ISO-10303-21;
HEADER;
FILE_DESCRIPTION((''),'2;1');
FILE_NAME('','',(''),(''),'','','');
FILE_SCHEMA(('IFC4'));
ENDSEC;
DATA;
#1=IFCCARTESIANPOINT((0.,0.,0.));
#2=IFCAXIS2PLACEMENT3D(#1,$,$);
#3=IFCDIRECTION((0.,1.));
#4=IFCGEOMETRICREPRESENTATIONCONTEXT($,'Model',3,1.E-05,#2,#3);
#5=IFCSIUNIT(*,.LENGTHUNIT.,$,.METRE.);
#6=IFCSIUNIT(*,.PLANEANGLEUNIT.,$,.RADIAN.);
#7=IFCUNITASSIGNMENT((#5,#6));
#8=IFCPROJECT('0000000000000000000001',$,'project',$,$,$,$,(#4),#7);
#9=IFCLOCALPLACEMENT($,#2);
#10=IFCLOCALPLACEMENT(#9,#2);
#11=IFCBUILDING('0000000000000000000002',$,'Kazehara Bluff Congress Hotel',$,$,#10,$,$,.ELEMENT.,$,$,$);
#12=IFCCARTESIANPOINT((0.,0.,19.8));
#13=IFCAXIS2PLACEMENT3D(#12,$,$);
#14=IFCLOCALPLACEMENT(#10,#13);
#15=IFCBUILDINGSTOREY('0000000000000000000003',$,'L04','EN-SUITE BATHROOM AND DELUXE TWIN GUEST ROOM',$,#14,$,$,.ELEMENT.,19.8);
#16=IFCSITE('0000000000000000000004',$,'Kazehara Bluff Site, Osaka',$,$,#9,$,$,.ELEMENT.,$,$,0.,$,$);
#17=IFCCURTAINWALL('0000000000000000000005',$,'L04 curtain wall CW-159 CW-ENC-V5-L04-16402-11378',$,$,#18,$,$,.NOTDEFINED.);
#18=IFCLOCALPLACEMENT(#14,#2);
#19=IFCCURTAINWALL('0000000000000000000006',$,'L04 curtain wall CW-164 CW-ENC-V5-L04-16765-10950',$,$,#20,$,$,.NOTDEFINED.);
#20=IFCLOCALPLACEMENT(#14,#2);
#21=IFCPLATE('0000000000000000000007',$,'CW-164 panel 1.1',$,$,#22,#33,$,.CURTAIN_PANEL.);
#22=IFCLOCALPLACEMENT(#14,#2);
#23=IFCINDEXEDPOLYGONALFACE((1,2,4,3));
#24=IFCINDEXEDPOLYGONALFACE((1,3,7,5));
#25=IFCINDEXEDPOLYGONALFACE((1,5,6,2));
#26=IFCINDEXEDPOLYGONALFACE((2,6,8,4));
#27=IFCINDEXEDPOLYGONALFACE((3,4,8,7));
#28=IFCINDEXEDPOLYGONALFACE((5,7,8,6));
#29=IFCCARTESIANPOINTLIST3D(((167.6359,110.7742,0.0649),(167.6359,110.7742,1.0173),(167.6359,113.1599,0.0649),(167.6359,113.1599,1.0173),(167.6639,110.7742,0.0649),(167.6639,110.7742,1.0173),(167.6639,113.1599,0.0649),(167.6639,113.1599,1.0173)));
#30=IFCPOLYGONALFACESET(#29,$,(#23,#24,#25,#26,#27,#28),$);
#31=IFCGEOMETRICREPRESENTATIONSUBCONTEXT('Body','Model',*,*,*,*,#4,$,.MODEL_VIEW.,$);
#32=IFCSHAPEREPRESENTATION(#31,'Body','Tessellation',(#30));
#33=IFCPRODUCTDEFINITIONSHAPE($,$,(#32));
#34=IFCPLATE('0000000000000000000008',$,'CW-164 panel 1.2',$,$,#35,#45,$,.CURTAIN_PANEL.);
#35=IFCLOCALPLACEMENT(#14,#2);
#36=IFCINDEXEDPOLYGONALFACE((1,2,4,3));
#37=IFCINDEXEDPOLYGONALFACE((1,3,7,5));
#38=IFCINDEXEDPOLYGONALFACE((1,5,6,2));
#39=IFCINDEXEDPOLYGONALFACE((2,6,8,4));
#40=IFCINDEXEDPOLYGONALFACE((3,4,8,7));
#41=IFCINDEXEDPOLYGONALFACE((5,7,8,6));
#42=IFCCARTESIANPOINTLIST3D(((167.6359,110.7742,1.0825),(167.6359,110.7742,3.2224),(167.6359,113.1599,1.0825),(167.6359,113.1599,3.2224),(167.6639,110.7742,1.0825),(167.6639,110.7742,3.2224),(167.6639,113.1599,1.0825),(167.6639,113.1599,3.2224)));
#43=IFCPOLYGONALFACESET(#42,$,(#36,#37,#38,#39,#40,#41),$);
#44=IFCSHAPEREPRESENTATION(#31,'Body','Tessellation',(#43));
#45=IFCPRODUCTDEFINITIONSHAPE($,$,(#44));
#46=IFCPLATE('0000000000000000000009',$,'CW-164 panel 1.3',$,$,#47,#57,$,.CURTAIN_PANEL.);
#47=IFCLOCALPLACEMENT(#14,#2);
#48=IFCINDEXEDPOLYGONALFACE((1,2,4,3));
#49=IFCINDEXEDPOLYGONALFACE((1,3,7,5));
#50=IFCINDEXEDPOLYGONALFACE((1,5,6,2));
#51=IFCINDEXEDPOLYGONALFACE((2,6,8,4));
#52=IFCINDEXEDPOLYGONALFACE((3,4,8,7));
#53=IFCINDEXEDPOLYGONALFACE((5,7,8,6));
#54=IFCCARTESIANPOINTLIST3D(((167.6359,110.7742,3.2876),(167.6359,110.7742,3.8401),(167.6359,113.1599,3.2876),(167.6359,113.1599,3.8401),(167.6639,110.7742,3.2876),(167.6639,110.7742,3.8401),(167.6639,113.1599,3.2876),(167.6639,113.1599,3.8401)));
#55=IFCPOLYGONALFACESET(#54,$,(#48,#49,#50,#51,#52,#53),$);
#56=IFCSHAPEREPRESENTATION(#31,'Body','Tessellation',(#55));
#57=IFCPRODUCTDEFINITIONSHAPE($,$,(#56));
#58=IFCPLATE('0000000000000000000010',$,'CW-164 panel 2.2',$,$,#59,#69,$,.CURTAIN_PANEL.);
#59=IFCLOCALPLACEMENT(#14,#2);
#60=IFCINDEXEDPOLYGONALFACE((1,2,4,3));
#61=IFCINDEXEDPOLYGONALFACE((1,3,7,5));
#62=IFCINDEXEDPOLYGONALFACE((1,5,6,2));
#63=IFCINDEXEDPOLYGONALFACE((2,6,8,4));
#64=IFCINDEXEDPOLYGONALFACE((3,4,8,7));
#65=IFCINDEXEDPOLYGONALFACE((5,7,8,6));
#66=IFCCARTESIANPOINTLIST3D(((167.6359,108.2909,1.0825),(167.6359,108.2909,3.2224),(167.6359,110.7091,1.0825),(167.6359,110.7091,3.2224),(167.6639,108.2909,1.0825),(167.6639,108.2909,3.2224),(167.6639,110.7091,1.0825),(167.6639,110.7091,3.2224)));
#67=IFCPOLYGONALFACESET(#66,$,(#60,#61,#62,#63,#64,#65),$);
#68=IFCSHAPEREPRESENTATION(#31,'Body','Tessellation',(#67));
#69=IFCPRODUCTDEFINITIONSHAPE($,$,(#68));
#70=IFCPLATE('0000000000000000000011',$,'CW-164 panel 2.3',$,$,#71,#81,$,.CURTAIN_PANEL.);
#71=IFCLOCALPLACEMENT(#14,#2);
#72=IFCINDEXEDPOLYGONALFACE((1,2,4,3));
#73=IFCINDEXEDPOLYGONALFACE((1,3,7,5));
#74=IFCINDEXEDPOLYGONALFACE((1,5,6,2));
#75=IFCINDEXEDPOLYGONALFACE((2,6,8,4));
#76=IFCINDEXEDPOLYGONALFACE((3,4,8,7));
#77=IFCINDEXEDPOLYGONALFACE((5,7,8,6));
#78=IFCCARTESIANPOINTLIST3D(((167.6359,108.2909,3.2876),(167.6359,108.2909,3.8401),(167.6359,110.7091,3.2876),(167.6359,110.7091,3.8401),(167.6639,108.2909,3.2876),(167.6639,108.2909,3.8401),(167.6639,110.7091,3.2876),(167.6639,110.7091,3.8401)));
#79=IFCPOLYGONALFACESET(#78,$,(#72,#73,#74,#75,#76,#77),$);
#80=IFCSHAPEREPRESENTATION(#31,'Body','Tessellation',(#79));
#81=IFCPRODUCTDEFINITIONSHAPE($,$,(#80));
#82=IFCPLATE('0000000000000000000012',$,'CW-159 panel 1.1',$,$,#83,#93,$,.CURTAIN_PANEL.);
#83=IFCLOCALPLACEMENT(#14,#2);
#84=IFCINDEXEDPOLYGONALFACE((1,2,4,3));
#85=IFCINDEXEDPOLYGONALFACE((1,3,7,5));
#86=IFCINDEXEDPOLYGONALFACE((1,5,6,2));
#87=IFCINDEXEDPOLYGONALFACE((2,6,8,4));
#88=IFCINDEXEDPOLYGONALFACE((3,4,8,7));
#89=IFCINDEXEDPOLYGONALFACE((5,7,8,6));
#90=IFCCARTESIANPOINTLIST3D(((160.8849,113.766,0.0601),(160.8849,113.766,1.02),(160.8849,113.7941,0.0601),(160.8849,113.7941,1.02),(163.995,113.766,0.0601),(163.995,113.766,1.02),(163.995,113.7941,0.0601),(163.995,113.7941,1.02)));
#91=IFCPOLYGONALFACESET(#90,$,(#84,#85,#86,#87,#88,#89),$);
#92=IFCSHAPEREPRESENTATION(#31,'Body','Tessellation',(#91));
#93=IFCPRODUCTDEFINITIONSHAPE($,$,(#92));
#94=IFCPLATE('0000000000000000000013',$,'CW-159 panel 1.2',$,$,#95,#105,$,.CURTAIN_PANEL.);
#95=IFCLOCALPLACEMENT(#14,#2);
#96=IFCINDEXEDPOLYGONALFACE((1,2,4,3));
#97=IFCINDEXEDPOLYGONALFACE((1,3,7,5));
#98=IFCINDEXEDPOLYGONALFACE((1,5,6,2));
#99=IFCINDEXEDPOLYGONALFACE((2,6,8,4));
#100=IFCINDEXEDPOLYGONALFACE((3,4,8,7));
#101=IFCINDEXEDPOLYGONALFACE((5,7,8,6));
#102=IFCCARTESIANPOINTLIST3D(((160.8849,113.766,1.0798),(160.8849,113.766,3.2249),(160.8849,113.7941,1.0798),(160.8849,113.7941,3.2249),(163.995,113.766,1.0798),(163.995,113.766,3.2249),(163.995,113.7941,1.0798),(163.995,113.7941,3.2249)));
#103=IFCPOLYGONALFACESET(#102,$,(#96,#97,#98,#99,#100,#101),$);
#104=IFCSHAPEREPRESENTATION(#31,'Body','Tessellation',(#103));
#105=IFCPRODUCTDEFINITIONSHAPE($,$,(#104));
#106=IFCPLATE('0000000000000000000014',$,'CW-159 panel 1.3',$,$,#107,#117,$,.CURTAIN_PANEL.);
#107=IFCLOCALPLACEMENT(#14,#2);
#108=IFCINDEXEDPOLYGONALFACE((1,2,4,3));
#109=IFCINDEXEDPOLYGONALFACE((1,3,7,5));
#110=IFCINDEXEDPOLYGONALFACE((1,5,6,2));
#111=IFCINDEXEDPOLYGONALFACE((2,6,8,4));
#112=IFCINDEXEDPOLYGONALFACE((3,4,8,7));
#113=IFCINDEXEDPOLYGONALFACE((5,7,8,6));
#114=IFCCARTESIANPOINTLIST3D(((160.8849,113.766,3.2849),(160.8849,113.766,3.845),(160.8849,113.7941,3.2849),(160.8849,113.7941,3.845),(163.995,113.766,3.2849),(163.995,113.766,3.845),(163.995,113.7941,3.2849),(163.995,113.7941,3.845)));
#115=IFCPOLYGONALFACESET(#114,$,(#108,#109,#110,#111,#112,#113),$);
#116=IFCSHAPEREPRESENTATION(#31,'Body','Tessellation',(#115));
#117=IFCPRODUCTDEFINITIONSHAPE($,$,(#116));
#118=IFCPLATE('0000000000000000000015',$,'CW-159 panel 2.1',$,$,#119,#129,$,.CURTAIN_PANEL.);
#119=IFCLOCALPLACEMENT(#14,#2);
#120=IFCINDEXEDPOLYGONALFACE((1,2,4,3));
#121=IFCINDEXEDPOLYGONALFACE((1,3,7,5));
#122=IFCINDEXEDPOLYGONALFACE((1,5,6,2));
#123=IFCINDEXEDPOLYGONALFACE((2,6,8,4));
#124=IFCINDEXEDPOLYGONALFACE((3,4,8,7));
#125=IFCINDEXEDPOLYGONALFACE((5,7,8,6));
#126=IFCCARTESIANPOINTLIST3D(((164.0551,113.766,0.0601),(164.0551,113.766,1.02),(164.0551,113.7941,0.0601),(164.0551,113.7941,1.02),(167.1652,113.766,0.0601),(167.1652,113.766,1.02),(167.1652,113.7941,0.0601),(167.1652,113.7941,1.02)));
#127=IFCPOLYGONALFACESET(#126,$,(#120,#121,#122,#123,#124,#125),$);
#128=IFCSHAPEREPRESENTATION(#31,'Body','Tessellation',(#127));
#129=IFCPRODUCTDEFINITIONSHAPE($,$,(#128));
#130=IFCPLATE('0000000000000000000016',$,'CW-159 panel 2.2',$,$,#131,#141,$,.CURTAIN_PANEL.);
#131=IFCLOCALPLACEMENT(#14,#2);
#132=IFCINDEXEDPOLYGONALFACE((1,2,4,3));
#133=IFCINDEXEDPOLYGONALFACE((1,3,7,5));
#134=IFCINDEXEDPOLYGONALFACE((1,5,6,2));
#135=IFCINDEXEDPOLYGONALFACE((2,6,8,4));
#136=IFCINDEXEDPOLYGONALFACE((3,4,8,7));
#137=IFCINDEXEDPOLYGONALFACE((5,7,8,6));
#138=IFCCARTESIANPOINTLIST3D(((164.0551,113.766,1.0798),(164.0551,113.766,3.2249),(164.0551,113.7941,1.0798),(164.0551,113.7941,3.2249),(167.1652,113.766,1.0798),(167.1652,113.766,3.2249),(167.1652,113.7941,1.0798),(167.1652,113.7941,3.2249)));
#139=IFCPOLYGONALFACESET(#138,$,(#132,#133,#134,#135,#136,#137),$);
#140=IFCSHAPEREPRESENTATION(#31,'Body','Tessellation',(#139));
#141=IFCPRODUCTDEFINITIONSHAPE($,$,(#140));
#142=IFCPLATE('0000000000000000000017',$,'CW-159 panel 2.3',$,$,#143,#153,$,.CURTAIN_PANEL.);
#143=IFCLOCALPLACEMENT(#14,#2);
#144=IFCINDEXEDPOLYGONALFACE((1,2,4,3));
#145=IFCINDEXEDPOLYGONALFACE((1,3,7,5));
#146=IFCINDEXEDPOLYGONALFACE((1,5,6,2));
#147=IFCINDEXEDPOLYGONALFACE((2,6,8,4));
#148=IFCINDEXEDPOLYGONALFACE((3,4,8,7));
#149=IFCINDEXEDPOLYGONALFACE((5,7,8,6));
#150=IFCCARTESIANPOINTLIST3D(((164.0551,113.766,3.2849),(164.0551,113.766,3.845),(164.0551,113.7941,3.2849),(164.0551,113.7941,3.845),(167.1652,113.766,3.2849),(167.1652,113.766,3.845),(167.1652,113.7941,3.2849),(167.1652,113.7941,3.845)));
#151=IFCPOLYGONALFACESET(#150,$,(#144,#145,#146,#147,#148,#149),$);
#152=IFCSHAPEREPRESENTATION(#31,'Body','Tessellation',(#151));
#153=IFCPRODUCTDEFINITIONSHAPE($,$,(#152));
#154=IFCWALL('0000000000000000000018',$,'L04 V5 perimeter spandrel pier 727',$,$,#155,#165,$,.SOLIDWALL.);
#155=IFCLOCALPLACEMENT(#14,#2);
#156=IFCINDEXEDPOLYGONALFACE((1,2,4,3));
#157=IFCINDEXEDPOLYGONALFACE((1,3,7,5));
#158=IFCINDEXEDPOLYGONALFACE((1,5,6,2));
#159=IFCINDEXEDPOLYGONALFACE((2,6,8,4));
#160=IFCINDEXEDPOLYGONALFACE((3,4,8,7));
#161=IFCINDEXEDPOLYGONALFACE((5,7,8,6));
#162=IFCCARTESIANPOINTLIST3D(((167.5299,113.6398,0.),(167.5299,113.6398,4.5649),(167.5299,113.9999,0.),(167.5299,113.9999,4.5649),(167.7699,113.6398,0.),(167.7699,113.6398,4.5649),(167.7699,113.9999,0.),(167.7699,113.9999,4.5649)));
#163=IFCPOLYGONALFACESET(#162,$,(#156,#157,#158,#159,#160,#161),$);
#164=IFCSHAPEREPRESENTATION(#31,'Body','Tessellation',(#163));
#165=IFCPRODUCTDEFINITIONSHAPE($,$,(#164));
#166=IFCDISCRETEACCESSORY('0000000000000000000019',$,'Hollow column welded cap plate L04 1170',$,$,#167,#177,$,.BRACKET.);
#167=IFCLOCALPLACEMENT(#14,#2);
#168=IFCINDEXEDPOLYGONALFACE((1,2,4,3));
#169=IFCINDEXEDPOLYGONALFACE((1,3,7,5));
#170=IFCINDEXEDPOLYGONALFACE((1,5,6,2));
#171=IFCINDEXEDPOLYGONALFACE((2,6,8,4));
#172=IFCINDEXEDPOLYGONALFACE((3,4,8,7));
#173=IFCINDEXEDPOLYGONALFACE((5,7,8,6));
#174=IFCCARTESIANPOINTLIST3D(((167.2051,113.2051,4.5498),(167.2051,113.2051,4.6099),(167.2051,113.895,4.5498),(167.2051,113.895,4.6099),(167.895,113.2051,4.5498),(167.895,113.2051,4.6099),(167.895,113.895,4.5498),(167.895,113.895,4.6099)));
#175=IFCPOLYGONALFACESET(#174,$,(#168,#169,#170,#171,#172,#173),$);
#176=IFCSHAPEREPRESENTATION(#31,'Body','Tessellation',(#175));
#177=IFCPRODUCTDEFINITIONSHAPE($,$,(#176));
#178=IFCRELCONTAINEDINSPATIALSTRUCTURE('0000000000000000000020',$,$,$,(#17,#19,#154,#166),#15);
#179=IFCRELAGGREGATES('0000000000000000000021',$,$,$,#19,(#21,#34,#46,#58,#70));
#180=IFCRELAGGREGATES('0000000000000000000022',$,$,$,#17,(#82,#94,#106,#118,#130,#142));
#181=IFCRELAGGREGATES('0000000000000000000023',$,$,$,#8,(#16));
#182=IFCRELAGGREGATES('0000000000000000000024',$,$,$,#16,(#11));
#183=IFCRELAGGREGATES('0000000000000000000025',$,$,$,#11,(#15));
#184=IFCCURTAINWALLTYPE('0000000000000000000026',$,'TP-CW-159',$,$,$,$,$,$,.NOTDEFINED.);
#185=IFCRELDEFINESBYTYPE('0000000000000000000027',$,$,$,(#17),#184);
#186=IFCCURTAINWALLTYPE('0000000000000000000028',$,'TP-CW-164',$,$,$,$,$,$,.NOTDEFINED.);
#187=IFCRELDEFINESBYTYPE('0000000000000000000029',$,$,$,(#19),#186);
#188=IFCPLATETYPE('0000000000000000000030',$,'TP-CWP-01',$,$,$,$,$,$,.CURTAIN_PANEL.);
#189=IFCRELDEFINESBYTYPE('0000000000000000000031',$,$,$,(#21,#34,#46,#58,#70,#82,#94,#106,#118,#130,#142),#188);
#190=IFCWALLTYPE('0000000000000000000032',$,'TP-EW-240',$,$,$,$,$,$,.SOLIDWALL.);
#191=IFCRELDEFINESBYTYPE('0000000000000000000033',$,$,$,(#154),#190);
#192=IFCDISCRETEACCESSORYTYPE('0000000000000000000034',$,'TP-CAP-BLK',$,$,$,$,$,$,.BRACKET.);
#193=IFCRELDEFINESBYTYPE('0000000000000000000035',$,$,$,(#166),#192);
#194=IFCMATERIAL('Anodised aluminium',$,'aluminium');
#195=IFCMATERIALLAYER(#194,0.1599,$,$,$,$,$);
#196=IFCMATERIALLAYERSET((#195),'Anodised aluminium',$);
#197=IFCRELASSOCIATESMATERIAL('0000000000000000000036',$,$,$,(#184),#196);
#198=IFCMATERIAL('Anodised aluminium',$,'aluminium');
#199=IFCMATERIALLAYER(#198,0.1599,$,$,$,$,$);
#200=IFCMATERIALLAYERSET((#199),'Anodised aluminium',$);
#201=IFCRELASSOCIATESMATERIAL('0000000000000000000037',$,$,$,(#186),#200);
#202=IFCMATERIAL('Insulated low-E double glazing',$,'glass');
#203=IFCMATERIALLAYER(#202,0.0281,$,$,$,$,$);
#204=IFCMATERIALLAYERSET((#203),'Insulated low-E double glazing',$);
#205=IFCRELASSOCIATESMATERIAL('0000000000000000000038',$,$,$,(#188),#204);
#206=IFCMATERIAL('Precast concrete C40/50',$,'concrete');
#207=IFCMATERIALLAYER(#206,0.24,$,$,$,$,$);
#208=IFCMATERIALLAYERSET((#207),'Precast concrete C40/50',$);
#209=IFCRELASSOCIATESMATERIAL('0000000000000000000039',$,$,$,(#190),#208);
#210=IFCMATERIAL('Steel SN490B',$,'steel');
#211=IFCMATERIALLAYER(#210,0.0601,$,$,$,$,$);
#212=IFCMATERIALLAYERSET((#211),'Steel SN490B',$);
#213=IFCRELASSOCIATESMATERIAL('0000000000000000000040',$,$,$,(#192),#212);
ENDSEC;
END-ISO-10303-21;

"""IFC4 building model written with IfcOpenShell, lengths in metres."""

from ifc_helpers import new_model, si_unit, direction, frame, frame_2d, origin, origin_2d, place, context, subcontext, project, spatial, rectangle, extrude, material, layer, layer_set, type_object, element, aggregate, save


model = new_model("IFC4")

# Units and contexts
model_context = context("Model", 3, precision=1e-05, world=origin(), true_north=direction((0.0, 1.0)))
body_context = subcontext(model_context, "Body", "Model", "MODEL_VIEW")
ifc_project = project(units=[si_unit("LENGTHUNIT", "METRE"), si_unit("PLANEANGLEUNIT", "RADIAN")], contexts=[model_context])

# Site, building, storey
site_placement = place(None, origin())
site = spatial("IfcSite", under=ifc_project, at=site_placement, Name="Kazehara Bluff Site, Osaka", CompositionType="ELEMENT", RefElevation=0.0)
building_placement = place(site_placement, origin())
building = spatial("IfcBuilding", under=site, at=building_placement, Name="Kazehara Bluff Congress Hotel", CompositionType="ELEMENT")
storey_placement = place(building_placement, frame((0.0, 0.0, 19.8)))
storey = spatial("IfcBuildingStorey", under=building, at=storey_placement, Name="L04", Description="EN-SUITE BATHROOM AND DELUXE TWIN GUEST ROOM", CompositionType="ELEMENT", Elevation=19.8)

# Curtain walls
ifc_material_1 = material(Name="Anodised aluminium", Category="aluminium")
ifc_layer_1 = layer(ifc_material_1, 0.1599)
ifc_layer_set_1 = layer_set([ifc_layer_1], Name="Anodised aluminium")
curtain_wall_type_1 = type_object("IfcCurtainWallType", Name="TP-CW-159", PredefinedType="NOTDEFINED", material=ifc_layer_set_1)
curtain_wall_1_placement = place(storey_placement, origin())
curtain_wall_1 = element("IfcCurtainWall", 1, at=curtain_wall_1_placement, inside=storey, type_object=curtain_wall_type_1, Name="L04 curtain wall CW-159 CW-ENC-V5-L04-16402-11378", PredefinedType="NOTDEFINED")
ifc_material_2 = material(Name="Anodised aluminium", Category="aluminium")
ifc_layer_2 = layer(ifc_material_2, 0.1599)
ifc_layer_set_2 = layer_set([ifc_layer_2], Name="Anodised aluminium")
curtain_wall_type_2 = type_object("IfcCurtainWallType", Name="TP-CW-164", PredefinedType="NOTDEFINED", material=ifc_layer_set_2)
curtain_wall_2_placement = place(storey_placement, origin())
curtain_wall_2 = element("IfcCurtainWall", 2, at=curtain_wall_2_placement, inside=storey, type_object=curtain_wall_type_2, Name="L04 curtain wall CW-164 CW-ENC-V5-L04-16765-10950", PredefinedType="NOTDEFINED")

# Plates
ifc_material_3 = material(Name="Insulated low-E double glazing", Category="glass")
ifc_layer_3 = layer(ifc_material_3, 0.0281)
ifc_layer_set_3 = layer_set([ifc_layer_3], Name="Insulated low-E double glazing")
plate_type = type_object("IfcPlateType", Name="TP-CWP-01", PredefinedType="CURTAIN_PANEL", material=ifc_layer_set_3)
plate_1_placement = place(storey_placement, frame((167.6499, 111.967, 0.0649), z_axis=(0.0, 0.0, 1.0), x_axis=(0.0, -1.0, 0.0)))
plate_1 = element("IfcPlate", 3, at=plate_1_placement, type_object=plate_type, Name="CW-164 panel 1.1", PredefinedType="CURTAIN_PANEL", context=body_context, shape_type="SweptSolid", body=[
    extrude(rectangle(XDim=2.3857, YDim=0.0281, at=origin_2d()), origin(), (0.0, 0.0, 1.0), 0.9524),
])
plate_2_placement = place(storey_placement, frame((167.6499, 111.967, 1.0825), z_axis=(0.0, 0.0, 1.0), x_axis=(0.0, -1.0, 0.0)))
plate_2 = element("IfcPlate", 4, at=plate_2_placement, type_object=plate_type, Name="CW-164 panel 1.2", PredefinedType="CURTAIN_PANEL", context=body_context, shape_type="SweptSolid", body=[
    extrude(rectangle(XDim=2.3857, YDim=0.0281, at=origin_2d()), origin(), (0.0, 0.0, 1.0), 2.1399),
])
plate_3_placement = place(storey_placement, frame((167.6499, 111.967, 3.2876), z_axis=(0.0, 0.0, 1.0), x_axis=(0.0, -1.0, 0.0)))
plate_3 = element("IfcPlate", 5, at=plate_3_placement, type_object=plate_type, Name="CW-164 panel 1.3", PredefinedType="CURTAIN_PANEL", context=body_context, shape_type="SweptSolid", body=[
    extrude(rectangle(XDim=2.3857, YDim=0.0281, at=origin_2d()), origin(), (0.0, 0.0, 1.0), 0.5525),
])
plate_4_placement = place(storey_placement, frame((167.6499, 109.5, 1.0825), z_axis=(0.0, 0.0, 1.0), x_axis=(0.0, -1.0, 0.0)))
plate_4 = element("IfcPlate", 6, at=plate_4_placement, type_object=plate_type, Name="CW-164 panel 2.2", PredefinedType="CURTAIN_PANEL", context=body_context, shape_type="SweptSolid", body=[
    extrude(rectangle(XDim=2.4182, YDim=0.0281, at=origin_2d()), origin(), (0.0, 0.0, 1.0), 2.1399),
])
plate_5_placement = place(storey_placement, frame((167.6499, 109.5, 3.2876), z_axis=(0.0, 0.0, 1.0), x_axis=(0.0, -1.0, 0.0)))
plate_5 = element("IfcPlate", 7, at=plate_5_placement, type_object=plate_type, Name="CW-164 panel 2.3", PredefinedType="CURTAIN_PANEL", context=body_context, shape_type="SweptSolid", body=[
    extrude(rectangle(XDim=2.4182, YDim=0.0281, at=origin_2d()), origin(), (0.0, 0.0, 1.0), 0.5525),
])
aggregate(curtain_wall_2, [plate_1, plate_2, plate_3, plate_4, plate_5])
plate_6_placement = place(storey_placement, frame((162.4399, 113.78, 0.0601), z_axis=(0.0, 0.0, 1.0), x_axis=(1.0, 0.0, 0.0)))
plate_6 = element("IfcPlate", 8, at=plate_6_placement, type_object=plate_type, Name="CW-159 panel 1.1", PredefinedType="CURTAIN_PANEL", context=body_context, shape_type="SweptSolid", body=[
    extrude(rectangle(XDim=3.1101, YDim=0.0281, at=origin_2d()), origin(), (0.0, 0.0, 1.0), 0.96),
])
plate_7_placement = place(storey_placement, frame((162.4399, 113.78, 1.0798), z_axis=(0.0, 0.0, 1.0), x_axis=(1.0, 0.0, 0.0)))
plate_7 = element("IfcPlate", 9, at=plate_7_placement, type_object=plate_type, Name="CW-159 panel 1.2", PredefinedType="CURTAIN_PANEL", context=body_context, shape_type="SweptSolid", body=[
    extrude(rectangle(XDim=3.1101, YDim=0.0281, at=origin_2d()), origin(), (0.0, 0.0, 1.0), 2.145),
])
plate_8_placement = place(storey_placement, frame((162.4399, 113.78, 3.2849), z_axis=(0.0, 0.0, 1.0), x_axis=(1.0, 0.0, 0.0)))
plate_8 = element("IfcPlate", 10, at=plate_8_placement, type_object=plate_type, Name="CW-159 panel 1.3", PredefinedType="CURTAIN_PANEL", context=body_context, shape_type="SweptSolid", body=[
    extrude(rectangle(XDim=3.1101, YDim=0.0281, at=origin_2d()), origin(), (0.0, 0.0, 1.0), 0.5601),
])
plate_9_placement = place(storey_placement, frame((165.6101, 113.78, 0.0601), z_axis=(0.0, 0.0, 1.0), x_axis=(1.0, 0.0, 0.0)))
plate_9 = element("IfcPlate", 11, at=plate_9_placement, type_object=plate_type, Name="CW-159 panel 2.1", PredefinedType="CURTAIN_PANEL", context=body_context, shape_type="SweptSolid", body=[
    extrude(rectangle(XDim=3.1101, YDim=0.0281, at=origin_2d()), origin(), (0.0, 0.0, 1.0), 0.96),
])
plate_10_placement = place(storey_placement, frame((165.6101, 113.78, 1.0798), z_axis=(0.0, 0.0, 1.0), x_axis=(1.0, 0.0, 0.0)))
plate_10 = element("IfcPlate", 12, at=plate_10_placement, type_object=plate_type, Name="CW-159 panel 2.2", PredefinedType="CURTAIN_PANEL", context=body_context, shape_type="SweptSolid", body=[
    extrude(rectangle(XDim=3.1101, YDim=0.0281, at=origin_2d()), origin(), (0.0, 0.0, 1.0), 2.145),
])
plate_11_placement = place(storey_placement, frame((165.6101, 113.78, 3.2849), z_axis=(0.0, 0.0, 1.0), x_axis=(1.0, 0.0, 0.0)))
plate_11 = element("IfcPlate", 13, at=plate_11_placement, type_object=plate_type, Name="CW-159 panel 2.3", PredefinedType="CURTAIN_PANEL", context=body_context, shape_type="SweptSolid", body=[
    extrude(rectangle(XDim=3.1101, YDim=0.0281, at=origin_2d()), origin(), (0.0, 0.0, 1.0), 0.5601),
])
aggregate(curtain_wall_1, [plate_6, plate_7, plate_8, plate_9, plate_10, plate_11])

# Wall
ifc_material_4 = material(Name="Precast concrete C40/50", Category="concrete")
ifc_layer_4 = layer(ifc_material_4, 0.24)
ifc_layer_set_4 = layer_set([ifc_layer_4], Name="Precast concrete C40/50")
wall_type = type_object("IfcWallType", Name="TP-EW-240", PredefinedType="SOLIDWALL", material=ifc_layer_set_4)
wall_placement = place(storey_placement, frame((167.6499, 114.0, 0.0), z_axis=(0.0, 0.0, 1.0), x_axis=(0.0, -1.0, 0.0)))
element("IfcWall", 14, at=wall_placement, inside=storey, type_object=wall_type, Name="L04 V5 perimeter spandrel pier 727", PredefinedType="SOLIDWALL", context=body_context, shape_type="SweptSolid", body=[
    extrude(rectangle(XDim=0.3601, YDim=0.24, at=frame_2d((0.1802, 0.0))), origin(), (0.0, 0.0, 1.0), 4.5649),
])

# Discrete accessory
ifc_material_5 = material(Name="Steel SN490B", Category="steel")
ifc_layer_5 = layer(ifc_material_5, 0.0601)
ifc_layer_set_5 = layer_set([ifc_layer_5], Name="Steel SN490B")
discrete_accessory_type = type_object("IfcDiscreteAccessoryType", Name="TP-CAP-BLK", PredefinedType="BRACKET", material=ifc_layer_set_5)
discrete_accessory_placement = place(storey_placement, frame((167.55, 113.55, 4.5498), z_axis=(0.0, 0.0, 1.0), x_axis=(1.0, 0.0, 0.0)))
element("IfcDiscreteAccessory", 15, at=discrete_accessory_placement, inside=storey, type_object=discrete_accessory_type, Name="Hollow column welded cap plate L04 1170", PredefinedType="BRACKET", context=body_context, shape_type="SweptSolid", body=[
    extrude(rectangle(XDim=0.6899, YDim=0.6899, at=origin_2d()), origin(), (0.0, 0.0, 1.0), 0.0601),
])

save(model, "model.ifc")
